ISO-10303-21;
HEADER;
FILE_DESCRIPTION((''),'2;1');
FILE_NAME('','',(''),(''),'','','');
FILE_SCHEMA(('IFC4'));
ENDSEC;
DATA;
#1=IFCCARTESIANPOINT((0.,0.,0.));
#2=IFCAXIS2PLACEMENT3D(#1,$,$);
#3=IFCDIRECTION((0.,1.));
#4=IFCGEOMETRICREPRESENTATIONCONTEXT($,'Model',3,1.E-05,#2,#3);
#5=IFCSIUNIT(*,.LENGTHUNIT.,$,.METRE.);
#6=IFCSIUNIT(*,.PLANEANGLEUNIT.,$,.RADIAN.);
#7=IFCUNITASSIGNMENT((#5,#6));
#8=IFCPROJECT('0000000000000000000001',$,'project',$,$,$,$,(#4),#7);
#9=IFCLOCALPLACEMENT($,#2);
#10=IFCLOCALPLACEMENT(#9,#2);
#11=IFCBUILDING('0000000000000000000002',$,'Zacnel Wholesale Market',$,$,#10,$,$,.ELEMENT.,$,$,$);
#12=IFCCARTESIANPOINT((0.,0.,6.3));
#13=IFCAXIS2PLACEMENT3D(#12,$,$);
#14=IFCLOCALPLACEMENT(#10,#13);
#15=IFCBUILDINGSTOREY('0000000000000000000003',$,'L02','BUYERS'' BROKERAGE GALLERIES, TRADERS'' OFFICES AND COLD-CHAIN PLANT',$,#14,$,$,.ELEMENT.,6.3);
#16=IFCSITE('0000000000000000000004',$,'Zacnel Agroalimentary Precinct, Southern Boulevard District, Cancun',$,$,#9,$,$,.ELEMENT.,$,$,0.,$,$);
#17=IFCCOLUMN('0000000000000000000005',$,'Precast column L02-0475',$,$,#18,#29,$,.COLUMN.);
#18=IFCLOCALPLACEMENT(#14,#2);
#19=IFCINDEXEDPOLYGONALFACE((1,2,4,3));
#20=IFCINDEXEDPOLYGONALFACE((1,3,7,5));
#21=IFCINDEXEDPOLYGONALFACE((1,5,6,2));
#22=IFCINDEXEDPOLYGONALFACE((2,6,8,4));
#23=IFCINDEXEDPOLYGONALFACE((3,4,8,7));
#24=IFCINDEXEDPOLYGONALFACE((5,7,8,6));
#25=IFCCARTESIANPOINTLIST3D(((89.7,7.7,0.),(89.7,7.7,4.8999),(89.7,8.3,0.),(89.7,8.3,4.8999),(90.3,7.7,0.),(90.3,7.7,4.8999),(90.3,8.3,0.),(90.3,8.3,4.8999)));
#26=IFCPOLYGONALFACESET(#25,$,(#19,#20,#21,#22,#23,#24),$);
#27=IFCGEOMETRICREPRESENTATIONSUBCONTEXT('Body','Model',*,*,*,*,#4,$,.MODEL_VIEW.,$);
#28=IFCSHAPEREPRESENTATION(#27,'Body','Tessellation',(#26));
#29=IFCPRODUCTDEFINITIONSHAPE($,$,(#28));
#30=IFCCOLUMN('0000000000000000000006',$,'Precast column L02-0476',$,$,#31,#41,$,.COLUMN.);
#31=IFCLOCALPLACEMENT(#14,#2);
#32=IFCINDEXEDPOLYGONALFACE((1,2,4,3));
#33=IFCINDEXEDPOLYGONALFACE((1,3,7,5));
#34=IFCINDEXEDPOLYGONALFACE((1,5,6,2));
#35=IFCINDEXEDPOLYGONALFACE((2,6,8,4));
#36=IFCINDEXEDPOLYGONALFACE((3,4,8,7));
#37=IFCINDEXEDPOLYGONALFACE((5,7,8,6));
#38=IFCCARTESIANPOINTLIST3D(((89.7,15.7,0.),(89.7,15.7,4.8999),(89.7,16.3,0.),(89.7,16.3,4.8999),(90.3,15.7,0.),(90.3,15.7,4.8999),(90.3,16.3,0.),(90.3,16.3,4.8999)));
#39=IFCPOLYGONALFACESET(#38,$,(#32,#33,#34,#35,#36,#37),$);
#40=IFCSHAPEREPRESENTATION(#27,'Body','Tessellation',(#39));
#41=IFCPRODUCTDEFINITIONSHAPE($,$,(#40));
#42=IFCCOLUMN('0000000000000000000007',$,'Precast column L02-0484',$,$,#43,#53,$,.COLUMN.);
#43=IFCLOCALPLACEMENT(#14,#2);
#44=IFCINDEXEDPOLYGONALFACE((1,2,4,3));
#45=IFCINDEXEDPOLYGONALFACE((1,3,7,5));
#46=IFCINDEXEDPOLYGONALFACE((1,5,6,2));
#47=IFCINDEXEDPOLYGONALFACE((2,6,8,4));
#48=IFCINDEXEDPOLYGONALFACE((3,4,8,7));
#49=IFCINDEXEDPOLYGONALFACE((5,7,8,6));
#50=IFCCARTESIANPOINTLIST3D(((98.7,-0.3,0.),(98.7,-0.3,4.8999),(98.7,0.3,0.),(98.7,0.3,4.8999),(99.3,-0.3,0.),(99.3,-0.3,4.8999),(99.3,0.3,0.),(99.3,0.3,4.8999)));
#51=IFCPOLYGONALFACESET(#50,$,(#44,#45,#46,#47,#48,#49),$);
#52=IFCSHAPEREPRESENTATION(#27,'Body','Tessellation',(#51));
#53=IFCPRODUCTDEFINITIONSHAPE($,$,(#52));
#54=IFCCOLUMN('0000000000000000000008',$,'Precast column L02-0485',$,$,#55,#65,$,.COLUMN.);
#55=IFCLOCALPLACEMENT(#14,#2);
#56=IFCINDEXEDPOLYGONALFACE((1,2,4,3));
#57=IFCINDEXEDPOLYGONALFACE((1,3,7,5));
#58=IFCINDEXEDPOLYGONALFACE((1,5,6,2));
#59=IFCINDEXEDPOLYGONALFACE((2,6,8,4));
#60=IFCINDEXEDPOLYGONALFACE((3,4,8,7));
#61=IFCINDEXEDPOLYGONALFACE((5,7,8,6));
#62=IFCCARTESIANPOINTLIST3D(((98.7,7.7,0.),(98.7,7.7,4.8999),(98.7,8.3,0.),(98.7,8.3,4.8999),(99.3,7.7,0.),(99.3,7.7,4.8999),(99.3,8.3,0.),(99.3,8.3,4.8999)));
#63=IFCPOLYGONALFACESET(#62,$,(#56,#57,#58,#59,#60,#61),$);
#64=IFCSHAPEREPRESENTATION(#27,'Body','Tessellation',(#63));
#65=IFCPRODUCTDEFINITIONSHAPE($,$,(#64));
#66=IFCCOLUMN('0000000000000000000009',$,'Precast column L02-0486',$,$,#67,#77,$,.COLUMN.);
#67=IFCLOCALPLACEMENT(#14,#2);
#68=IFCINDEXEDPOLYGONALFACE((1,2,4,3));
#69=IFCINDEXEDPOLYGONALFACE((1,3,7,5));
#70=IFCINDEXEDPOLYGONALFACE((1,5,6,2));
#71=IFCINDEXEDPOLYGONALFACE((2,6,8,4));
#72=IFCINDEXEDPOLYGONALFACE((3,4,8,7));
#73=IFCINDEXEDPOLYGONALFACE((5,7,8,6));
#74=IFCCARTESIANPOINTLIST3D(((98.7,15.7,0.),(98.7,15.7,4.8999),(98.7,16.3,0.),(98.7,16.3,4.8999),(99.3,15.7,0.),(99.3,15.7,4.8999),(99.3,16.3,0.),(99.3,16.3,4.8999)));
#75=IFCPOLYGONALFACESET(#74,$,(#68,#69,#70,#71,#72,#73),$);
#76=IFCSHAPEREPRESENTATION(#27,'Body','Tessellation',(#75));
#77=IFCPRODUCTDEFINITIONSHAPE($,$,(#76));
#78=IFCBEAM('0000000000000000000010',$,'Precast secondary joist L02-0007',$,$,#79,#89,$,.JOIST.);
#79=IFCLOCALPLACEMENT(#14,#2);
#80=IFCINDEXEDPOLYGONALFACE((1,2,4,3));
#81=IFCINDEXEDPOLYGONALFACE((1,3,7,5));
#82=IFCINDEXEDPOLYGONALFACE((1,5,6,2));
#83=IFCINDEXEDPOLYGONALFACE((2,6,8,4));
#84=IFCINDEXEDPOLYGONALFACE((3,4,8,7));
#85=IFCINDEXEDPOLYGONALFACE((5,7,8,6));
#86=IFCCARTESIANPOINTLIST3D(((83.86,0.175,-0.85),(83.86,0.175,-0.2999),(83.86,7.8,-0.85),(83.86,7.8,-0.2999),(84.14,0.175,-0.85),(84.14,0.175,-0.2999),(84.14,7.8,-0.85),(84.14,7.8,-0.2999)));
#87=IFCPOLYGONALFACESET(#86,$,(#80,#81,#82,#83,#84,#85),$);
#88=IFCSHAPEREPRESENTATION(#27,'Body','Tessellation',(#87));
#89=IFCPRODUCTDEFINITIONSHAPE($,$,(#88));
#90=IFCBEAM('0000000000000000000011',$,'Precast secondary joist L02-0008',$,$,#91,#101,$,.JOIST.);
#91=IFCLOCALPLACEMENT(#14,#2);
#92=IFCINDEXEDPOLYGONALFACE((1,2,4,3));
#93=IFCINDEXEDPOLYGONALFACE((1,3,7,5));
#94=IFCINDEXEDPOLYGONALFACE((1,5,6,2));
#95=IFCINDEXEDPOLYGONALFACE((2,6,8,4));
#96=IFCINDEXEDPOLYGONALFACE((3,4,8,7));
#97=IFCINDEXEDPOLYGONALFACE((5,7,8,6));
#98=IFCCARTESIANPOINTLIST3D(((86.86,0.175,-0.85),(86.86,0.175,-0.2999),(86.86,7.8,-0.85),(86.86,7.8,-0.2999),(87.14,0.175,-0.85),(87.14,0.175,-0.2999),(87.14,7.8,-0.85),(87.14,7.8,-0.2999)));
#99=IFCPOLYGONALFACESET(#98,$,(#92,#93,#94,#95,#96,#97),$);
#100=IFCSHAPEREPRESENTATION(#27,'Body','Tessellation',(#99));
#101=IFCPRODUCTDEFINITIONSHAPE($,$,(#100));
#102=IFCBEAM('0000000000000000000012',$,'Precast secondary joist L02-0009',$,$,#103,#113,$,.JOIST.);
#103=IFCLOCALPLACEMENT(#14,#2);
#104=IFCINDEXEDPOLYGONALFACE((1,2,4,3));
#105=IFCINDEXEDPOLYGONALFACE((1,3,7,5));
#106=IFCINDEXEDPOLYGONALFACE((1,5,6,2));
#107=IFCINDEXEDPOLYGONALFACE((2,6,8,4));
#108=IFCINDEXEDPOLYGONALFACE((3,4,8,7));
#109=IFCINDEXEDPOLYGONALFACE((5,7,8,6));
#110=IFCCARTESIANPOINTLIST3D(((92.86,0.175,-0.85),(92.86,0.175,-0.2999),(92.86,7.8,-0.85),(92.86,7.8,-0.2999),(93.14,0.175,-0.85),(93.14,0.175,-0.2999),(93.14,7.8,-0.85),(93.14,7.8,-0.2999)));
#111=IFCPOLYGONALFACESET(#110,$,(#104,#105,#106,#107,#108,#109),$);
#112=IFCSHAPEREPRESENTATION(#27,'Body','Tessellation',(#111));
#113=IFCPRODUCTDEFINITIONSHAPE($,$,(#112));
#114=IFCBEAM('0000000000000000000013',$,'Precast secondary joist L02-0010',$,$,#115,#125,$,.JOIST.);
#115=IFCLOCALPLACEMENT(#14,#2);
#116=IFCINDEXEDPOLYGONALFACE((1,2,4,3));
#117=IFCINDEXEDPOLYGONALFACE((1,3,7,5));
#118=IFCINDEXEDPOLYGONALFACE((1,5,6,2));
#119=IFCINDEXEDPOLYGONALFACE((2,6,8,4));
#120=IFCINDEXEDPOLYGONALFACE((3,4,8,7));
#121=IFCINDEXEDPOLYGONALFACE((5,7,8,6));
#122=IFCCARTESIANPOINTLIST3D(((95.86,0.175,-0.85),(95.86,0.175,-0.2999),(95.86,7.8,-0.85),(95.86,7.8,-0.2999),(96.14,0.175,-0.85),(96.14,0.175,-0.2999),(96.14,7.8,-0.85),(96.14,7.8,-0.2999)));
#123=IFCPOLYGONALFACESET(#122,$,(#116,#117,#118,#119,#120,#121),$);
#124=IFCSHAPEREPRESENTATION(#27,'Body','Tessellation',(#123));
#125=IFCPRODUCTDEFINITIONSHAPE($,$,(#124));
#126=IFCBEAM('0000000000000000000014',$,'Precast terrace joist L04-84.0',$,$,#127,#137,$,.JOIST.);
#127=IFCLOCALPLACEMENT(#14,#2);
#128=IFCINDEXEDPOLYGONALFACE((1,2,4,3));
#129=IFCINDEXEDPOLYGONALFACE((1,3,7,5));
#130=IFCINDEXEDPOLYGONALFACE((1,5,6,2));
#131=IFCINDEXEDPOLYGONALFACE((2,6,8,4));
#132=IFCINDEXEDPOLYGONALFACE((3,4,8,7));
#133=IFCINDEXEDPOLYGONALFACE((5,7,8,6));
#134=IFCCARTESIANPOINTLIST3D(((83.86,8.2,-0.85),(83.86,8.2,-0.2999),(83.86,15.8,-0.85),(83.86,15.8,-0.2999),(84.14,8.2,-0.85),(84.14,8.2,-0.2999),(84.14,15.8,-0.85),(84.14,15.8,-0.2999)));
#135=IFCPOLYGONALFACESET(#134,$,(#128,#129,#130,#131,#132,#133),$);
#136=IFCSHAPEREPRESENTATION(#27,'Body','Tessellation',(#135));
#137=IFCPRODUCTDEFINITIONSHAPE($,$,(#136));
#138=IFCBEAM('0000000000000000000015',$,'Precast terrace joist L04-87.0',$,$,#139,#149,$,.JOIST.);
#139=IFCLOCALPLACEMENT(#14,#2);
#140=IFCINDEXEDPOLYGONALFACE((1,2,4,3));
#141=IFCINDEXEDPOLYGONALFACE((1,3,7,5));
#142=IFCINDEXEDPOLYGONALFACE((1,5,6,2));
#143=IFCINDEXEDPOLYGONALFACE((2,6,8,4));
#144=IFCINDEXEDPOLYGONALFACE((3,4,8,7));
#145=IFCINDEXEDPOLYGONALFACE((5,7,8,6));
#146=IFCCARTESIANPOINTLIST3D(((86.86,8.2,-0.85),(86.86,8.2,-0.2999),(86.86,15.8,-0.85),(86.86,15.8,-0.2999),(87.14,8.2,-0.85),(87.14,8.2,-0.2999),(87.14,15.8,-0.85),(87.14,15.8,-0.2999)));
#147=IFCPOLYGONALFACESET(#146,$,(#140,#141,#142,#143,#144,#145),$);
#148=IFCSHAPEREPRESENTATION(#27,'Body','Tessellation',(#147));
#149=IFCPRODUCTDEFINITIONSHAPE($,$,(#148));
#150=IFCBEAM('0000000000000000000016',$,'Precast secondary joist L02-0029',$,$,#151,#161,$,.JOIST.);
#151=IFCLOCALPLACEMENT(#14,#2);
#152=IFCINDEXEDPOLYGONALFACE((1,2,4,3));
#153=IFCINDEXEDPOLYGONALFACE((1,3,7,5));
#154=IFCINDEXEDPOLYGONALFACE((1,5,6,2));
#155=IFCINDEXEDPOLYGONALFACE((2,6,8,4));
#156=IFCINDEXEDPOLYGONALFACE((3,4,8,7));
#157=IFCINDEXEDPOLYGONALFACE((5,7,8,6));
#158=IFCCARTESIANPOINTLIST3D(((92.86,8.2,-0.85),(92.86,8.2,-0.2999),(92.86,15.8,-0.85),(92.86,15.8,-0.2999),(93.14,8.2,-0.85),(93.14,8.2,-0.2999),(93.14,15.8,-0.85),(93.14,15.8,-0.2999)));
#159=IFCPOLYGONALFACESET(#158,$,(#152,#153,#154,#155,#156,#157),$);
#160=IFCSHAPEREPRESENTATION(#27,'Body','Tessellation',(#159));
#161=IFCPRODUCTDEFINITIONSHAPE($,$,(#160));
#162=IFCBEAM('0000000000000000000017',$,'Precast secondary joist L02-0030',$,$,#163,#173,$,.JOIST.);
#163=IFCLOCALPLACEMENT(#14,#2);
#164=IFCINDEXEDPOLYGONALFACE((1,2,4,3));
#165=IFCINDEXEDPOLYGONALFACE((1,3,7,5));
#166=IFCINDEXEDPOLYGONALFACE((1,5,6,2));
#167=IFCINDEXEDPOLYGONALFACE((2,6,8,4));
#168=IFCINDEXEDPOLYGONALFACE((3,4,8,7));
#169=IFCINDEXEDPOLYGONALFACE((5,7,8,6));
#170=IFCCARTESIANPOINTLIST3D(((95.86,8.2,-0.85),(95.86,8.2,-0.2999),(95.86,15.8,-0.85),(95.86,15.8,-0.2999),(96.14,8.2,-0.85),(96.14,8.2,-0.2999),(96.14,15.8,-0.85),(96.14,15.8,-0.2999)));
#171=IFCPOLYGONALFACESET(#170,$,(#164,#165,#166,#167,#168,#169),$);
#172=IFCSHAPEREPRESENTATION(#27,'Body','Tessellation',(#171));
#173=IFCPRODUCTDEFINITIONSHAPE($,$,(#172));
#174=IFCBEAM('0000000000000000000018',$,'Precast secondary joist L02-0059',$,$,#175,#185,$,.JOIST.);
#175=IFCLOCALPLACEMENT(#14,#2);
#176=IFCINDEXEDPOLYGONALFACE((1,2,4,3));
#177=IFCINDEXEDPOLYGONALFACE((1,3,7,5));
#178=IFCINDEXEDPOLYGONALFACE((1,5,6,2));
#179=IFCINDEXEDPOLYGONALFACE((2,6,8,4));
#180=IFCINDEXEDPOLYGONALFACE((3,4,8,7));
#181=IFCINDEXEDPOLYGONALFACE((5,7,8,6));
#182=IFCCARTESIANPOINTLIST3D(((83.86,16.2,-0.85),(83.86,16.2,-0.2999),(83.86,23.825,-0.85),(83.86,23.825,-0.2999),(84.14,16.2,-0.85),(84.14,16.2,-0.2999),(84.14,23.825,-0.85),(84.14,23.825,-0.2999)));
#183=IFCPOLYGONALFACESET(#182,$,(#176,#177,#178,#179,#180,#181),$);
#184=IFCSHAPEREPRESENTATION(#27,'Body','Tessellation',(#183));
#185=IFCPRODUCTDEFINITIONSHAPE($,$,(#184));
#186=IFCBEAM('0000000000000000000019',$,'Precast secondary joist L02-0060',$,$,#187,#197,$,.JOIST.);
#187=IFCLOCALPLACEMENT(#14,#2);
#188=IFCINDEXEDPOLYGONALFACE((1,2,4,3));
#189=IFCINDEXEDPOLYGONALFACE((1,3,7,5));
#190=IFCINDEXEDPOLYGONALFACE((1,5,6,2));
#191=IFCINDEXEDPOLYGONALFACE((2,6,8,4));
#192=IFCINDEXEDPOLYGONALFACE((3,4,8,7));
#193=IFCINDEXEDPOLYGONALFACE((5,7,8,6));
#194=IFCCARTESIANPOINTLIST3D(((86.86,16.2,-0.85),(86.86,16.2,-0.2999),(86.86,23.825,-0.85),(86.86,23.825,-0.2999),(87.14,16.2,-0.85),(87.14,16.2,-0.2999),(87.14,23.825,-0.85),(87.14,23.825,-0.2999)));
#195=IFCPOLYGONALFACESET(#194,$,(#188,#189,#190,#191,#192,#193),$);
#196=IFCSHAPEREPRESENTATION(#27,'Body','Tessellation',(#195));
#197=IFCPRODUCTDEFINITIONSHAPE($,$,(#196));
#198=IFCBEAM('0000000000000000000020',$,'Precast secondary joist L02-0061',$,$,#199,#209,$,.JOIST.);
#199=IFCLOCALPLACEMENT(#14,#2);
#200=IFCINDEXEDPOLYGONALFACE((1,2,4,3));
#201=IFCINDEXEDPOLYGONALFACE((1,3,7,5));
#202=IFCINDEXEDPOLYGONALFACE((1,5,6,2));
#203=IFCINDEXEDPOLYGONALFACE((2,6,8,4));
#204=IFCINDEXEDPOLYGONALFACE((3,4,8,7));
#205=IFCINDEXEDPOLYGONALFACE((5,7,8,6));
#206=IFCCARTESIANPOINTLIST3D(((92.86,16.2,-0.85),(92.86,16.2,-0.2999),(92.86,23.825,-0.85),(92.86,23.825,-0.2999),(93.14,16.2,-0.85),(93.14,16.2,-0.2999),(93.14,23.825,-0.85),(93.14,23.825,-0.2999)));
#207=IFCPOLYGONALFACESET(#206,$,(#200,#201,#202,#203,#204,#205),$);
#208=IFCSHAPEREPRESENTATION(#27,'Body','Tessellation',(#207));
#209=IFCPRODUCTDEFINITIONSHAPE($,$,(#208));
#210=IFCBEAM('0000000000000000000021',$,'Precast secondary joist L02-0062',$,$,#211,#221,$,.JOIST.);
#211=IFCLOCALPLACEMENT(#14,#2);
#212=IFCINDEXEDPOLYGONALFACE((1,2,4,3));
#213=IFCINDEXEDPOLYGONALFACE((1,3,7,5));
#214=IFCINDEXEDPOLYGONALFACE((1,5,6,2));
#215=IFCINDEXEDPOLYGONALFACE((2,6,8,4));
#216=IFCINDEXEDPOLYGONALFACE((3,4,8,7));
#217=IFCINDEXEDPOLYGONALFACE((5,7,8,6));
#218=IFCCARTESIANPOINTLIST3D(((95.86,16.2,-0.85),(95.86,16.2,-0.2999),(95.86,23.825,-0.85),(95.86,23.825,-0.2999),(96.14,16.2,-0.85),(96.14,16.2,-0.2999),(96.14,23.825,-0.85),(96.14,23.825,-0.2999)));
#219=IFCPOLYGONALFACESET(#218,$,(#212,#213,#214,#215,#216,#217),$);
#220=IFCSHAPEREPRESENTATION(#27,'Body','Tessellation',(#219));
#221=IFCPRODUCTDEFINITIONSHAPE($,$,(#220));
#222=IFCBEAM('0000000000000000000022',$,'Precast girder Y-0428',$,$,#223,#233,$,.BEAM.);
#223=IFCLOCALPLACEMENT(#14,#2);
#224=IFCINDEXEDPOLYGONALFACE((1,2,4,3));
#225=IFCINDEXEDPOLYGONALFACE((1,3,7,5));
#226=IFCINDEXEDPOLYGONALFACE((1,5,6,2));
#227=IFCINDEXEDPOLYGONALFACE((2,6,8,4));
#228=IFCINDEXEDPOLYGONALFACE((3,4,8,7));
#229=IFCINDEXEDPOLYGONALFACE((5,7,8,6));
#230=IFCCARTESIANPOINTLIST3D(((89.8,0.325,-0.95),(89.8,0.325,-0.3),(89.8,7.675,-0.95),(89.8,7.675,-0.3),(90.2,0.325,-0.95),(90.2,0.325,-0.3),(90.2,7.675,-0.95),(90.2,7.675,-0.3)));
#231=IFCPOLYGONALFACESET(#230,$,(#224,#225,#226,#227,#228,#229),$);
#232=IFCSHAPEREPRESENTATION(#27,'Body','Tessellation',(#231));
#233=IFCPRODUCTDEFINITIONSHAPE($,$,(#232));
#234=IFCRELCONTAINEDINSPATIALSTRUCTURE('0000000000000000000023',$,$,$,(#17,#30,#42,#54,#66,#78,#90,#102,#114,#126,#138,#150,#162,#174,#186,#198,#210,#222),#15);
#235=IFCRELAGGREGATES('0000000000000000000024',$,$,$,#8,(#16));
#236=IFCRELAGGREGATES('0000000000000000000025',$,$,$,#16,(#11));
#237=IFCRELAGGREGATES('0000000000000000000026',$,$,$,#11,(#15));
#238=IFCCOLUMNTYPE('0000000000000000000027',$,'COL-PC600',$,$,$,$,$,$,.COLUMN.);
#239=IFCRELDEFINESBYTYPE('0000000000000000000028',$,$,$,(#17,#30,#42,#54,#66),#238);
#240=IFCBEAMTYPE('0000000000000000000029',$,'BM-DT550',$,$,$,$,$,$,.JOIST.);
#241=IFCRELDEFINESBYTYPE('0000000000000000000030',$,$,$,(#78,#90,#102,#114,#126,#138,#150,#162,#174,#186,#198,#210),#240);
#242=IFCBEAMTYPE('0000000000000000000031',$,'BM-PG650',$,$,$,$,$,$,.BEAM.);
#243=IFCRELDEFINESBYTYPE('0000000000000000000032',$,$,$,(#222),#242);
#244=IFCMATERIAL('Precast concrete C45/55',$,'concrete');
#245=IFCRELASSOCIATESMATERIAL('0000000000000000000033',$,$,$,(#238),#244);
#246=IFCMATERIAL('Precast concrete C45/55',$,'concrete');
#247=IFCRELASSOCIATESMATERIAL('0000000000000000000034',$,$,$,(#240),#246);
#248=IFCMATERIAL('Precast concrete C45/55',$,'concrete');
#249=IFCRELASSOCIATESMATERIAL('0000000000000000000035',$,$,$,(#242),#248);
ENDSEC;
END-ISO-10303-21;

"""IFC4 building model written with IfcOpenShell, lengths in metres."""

from ifc_helpers import new_model, si_unit, direction, frame, origin, origin_2d, place, context, subcontext, project, spatial, rectangle, extrude, material, material_profile, profile_set, type_object, element, save


model = new_model("IFC4")

# Units and contexts
model_context = context("Model", 3, precision=1e-05, world=origin(), true_north=direction((0.0, 1.0)))
body_context = subcontext(model_context, "Body", "Model", "MODEL_VIEW")
ifc_project = project(units=[si_unit("LENGTHUNIT", "METRE"), si_unit("PLANEANGLEUNIT", "RADIAN")], contexts=[model_context])

# Site, building, storey
site_placement = place(None, origin())
site = spatial("IfcSite", under=ifc_project, at=site_placement, Name="Zacnel Agroalimentary Precinct, Southern Boulevard District, Cancun", CompositionType="ELEMENT", RefElevation=0.0)
building_placement = place(site_placement, origin())
building = spatial("IfcBuilding", under=site, at=building_placement, Name="Zacnel Wholesale Market", CompositionType="ELEMENT")
storey_placement = place(building_placement, frame((0.0, 0.0, 6.3)))
storey = spatial("IfcBuildingStorey", under=building, at=storey_placement, Name="L02", Description="BUYERS' BROKERAGE GALLERIES, TRADERS' OFFICES AND COLD-CHAIN PLANT", CompositionType="ELEMENT", Elevation=6.3)

# Columns
ifc_material_1 = material(Name="Precast concrete C45/55", Category="concrete")
ifc_material_profile_1 = material_profile(ifc_material_1, rectangle(XDim=0.6001, YDim=0.6001, at=origin_2d()), Name="PC 600x600")
ifc_profile_set_1 = profile_set([ifc_material_profile_1], Name="Precast concrete C45/55")
column_type = type_object("IfcColumnType", Name="COL-PC600", PredefinedType="COLUMN", material=ifc_profile_set_1)
for number, where, z_axis, x_axis, name in (
    (1, (90.0, 8.0, 0.0), (0.0, 0.0, 1.0), (1.0, 0.0, 0.0), "Precast column L02-0475"),
    (2, (90.0, 16.0, 0.0), (0.0, 0.0, 1.0), (1.0, 0.0, 0.0), "Precast column L02-0476"),
    (3, (99.0, 0.0, 0.0), (0.0, 0.0, 1.0), (1.0, 0.0, 0.0), "Precast column L02-0484"),
    (4, (99.0, 8.0, 0.0), (0.0, 0.0, 1.0), (1.0, 0.0, 0.0), "Precast column L02-0485"),
    (5, (99.0, 16.0, 0.0), (0.0, 0.0, 1.0), (1.0, 0.0, 0.0), "Precast column L02-0486"),
):
    element("IfcColumn", number, at=place(storey_placement, frame(where, z_axis=z_axis, x_axis=x_axis)), inside=storey, type_object=column_type, Name=name, PredefinedType="COLUMN", context=body_context, shape_type="SweptSolid", body=[
        extrude(rectangle(XDim=0.6001, YDim=0.6001, at=origin_2d()), origin(), (0.0, 0.0, 1.0), 4.8999),
    ])

# Beams
ifc_material_2 = material(Name="Precast concrete C45/55", Category="concrete")
ifc_material_profile_2 = material_profile(ifc_material_2, rectangle(XDim=0.28, YDim=0.55, at=origin_2d()), Name="DT RIB 280x550")
ifc_profile_set_2 = profile_set([ifc_material_profile_2], Name="Precast concrete C45/55")
beam_type_1 = type_object("IfcBeamType", Name="BM-DT550", PredefinedType="JOIST", material=ifc_profile_set_2)
for number, where, z_axis, x_axis, name in (
    (6, (84.0, 0.175, -0.575), (0.0, 1.0, 0.0), (-1.0, 0.0, 0.0), "Precast secondary joist L02-0007"),
    (7, (87.0, 0.175, -0.575), (0.0, 1.0, 0.0), (-1.0, 0.0, 0.0), "Precast secondary joist L02-0008"),
    (8, (93.0, 0.175, -0.575), (0.0, 1.0, 0.0), (-1.0, 0.0, 0.0), "Precast secondary joist L02-0009"),
    (9, (96.0, 0.175, -0.575), (0.0, 1.0, 0.0), (-1.0, 0.0, 0.0), "Precast secondary joist L02-0010"),
):
    element("IfcBeam", number, at=place(storey_placement, frame(where, z_axis=z_axis, x_axis=x_axis)), inside=storey, type_object=beam_type_1, Name=name, PredefinedType="JOIST", context=body_context, shape_type="SweptSolid", body=[
        extrude(rectangle(XDim=0.28, YDim=0.55, at=origin_2d()), origin(), (0.0, 0.0, 1.0), 7.625),
    ])
for number, where, z_axis, x_axis, name in (
    (10, (84.0, 8.2, -0.575), (0.0, 1.0, 0.0), (-1.0, 0.0, 0.0), "Precast terrace joist L04-84.0"),
    (11, (87.0, 8.2, -0.575), (0.0, 1.0, 0.0), (-1.0, 0.0, 0.0), "Precast terrace joist L04-87.0"),
    (12, (93.0, 8.2, -0.575), (0.0, 1.0, 0.0), (-1.0, 0.0, 0.0), "Precast secondary joist L02-0029"),
    (13, (96.0, 8.2, -0.575), (0.0, 1.0, 0.0), (-1.0, 0.0, 0.0), "Precast secondary joist L02-0030"),
):
    element("IfcBeam", number, at=place(storey_placement, frame(where, z_axis=z_axis, x_axis=x_axis)), inside=storey, type_object=beam_type_1, Name=name, PredefinedType="JOIST", context=body_context, shape_type="SweptSolid", body=[
        extrude(rectangle(XDim=0.28, YDim=0.55, at=origin_2d()), origin(), (0.0, 0.0, 1.0), 7.6001),
    ])
for number, where, z_axis, x_axis, name in (
    (14, (84.0, 16.2, -0.575), (0.0, 1.0, 0.0), (-1.0, 0.0, 0.0), "Precast secondary joist L02-0059"),
    (15, (87.0, 16.2, -0.575), (0.0, 1.0, 0.0), (-1.0, 0.0, 0.0), "Precast secondary joist L02-0060"),
    (16, (93.0, 16.2, -0.575), (0.0, 1.0, 0.0), (-1.0, 0.0, 0.0), "Precast secondary joist L02-0061"),
    (17, (96.0, 16.2, -0.575), (0.0, 1.0, 0.0), (-1.0, 0.0, 0.0), "Precast secondary joist L02-0062"),
):
    element("IfcBeam", number, at=place(storey_placement, frame(where, z_axis=z_axis, x_axis=x_axis)), inside=storey, type_object=beam_type_1, Name=name, PredefinedType="JOIST", context=body_context, shape_type="SweptSolid", body=[
        extrude(rectangle(XDim=0.28, YDim=0.55, at=origin_2d()), origin(), (0.0, 0.0, 1.0), 7.625),
    ])
ifc_material_3 = material(Name="Precast concrete C45/55", Category="concrete")
ifc_material_profile_3 = material_profile(ifc_material_3, rectangle(XDim=0.3999, YDim=0.6499, at=origin_2d()), Name="PG 400x650")
ifc_profile_set_3 = profile_set([ifc_material_profile_3], Name="Precast concrete C45/55")
beam_type_2 = type_object("IfcBeamType", Name="BM-PG650", PredefinedType="BEAM", material=ifc_profile_set_3)
for number, where, z_axis, x_axis, name in (
    (18, (90.0, 0.325, -0.625), (0.0, 1.0, 0.0), (-1.0, 0.0, 0.0), "Precast girder Y-0428"),
):
    element("IfcBeam", number, at=place(storey_placement, frame(where, z_axis=z_axis, x_axis=x_axis)), inside=storey, type_object=beam_type_2, Name=name, PredefinedType="BEAM", context=body_context, shape_type="SweptSolid", body=[
        extrude(rectangle(XDim=0.3999, YDim=0.6499, at=origin_2d()), origin(), (0.0, 0.0, 1.0), 7.3501),
    ])

save(model, "model.ifc")
